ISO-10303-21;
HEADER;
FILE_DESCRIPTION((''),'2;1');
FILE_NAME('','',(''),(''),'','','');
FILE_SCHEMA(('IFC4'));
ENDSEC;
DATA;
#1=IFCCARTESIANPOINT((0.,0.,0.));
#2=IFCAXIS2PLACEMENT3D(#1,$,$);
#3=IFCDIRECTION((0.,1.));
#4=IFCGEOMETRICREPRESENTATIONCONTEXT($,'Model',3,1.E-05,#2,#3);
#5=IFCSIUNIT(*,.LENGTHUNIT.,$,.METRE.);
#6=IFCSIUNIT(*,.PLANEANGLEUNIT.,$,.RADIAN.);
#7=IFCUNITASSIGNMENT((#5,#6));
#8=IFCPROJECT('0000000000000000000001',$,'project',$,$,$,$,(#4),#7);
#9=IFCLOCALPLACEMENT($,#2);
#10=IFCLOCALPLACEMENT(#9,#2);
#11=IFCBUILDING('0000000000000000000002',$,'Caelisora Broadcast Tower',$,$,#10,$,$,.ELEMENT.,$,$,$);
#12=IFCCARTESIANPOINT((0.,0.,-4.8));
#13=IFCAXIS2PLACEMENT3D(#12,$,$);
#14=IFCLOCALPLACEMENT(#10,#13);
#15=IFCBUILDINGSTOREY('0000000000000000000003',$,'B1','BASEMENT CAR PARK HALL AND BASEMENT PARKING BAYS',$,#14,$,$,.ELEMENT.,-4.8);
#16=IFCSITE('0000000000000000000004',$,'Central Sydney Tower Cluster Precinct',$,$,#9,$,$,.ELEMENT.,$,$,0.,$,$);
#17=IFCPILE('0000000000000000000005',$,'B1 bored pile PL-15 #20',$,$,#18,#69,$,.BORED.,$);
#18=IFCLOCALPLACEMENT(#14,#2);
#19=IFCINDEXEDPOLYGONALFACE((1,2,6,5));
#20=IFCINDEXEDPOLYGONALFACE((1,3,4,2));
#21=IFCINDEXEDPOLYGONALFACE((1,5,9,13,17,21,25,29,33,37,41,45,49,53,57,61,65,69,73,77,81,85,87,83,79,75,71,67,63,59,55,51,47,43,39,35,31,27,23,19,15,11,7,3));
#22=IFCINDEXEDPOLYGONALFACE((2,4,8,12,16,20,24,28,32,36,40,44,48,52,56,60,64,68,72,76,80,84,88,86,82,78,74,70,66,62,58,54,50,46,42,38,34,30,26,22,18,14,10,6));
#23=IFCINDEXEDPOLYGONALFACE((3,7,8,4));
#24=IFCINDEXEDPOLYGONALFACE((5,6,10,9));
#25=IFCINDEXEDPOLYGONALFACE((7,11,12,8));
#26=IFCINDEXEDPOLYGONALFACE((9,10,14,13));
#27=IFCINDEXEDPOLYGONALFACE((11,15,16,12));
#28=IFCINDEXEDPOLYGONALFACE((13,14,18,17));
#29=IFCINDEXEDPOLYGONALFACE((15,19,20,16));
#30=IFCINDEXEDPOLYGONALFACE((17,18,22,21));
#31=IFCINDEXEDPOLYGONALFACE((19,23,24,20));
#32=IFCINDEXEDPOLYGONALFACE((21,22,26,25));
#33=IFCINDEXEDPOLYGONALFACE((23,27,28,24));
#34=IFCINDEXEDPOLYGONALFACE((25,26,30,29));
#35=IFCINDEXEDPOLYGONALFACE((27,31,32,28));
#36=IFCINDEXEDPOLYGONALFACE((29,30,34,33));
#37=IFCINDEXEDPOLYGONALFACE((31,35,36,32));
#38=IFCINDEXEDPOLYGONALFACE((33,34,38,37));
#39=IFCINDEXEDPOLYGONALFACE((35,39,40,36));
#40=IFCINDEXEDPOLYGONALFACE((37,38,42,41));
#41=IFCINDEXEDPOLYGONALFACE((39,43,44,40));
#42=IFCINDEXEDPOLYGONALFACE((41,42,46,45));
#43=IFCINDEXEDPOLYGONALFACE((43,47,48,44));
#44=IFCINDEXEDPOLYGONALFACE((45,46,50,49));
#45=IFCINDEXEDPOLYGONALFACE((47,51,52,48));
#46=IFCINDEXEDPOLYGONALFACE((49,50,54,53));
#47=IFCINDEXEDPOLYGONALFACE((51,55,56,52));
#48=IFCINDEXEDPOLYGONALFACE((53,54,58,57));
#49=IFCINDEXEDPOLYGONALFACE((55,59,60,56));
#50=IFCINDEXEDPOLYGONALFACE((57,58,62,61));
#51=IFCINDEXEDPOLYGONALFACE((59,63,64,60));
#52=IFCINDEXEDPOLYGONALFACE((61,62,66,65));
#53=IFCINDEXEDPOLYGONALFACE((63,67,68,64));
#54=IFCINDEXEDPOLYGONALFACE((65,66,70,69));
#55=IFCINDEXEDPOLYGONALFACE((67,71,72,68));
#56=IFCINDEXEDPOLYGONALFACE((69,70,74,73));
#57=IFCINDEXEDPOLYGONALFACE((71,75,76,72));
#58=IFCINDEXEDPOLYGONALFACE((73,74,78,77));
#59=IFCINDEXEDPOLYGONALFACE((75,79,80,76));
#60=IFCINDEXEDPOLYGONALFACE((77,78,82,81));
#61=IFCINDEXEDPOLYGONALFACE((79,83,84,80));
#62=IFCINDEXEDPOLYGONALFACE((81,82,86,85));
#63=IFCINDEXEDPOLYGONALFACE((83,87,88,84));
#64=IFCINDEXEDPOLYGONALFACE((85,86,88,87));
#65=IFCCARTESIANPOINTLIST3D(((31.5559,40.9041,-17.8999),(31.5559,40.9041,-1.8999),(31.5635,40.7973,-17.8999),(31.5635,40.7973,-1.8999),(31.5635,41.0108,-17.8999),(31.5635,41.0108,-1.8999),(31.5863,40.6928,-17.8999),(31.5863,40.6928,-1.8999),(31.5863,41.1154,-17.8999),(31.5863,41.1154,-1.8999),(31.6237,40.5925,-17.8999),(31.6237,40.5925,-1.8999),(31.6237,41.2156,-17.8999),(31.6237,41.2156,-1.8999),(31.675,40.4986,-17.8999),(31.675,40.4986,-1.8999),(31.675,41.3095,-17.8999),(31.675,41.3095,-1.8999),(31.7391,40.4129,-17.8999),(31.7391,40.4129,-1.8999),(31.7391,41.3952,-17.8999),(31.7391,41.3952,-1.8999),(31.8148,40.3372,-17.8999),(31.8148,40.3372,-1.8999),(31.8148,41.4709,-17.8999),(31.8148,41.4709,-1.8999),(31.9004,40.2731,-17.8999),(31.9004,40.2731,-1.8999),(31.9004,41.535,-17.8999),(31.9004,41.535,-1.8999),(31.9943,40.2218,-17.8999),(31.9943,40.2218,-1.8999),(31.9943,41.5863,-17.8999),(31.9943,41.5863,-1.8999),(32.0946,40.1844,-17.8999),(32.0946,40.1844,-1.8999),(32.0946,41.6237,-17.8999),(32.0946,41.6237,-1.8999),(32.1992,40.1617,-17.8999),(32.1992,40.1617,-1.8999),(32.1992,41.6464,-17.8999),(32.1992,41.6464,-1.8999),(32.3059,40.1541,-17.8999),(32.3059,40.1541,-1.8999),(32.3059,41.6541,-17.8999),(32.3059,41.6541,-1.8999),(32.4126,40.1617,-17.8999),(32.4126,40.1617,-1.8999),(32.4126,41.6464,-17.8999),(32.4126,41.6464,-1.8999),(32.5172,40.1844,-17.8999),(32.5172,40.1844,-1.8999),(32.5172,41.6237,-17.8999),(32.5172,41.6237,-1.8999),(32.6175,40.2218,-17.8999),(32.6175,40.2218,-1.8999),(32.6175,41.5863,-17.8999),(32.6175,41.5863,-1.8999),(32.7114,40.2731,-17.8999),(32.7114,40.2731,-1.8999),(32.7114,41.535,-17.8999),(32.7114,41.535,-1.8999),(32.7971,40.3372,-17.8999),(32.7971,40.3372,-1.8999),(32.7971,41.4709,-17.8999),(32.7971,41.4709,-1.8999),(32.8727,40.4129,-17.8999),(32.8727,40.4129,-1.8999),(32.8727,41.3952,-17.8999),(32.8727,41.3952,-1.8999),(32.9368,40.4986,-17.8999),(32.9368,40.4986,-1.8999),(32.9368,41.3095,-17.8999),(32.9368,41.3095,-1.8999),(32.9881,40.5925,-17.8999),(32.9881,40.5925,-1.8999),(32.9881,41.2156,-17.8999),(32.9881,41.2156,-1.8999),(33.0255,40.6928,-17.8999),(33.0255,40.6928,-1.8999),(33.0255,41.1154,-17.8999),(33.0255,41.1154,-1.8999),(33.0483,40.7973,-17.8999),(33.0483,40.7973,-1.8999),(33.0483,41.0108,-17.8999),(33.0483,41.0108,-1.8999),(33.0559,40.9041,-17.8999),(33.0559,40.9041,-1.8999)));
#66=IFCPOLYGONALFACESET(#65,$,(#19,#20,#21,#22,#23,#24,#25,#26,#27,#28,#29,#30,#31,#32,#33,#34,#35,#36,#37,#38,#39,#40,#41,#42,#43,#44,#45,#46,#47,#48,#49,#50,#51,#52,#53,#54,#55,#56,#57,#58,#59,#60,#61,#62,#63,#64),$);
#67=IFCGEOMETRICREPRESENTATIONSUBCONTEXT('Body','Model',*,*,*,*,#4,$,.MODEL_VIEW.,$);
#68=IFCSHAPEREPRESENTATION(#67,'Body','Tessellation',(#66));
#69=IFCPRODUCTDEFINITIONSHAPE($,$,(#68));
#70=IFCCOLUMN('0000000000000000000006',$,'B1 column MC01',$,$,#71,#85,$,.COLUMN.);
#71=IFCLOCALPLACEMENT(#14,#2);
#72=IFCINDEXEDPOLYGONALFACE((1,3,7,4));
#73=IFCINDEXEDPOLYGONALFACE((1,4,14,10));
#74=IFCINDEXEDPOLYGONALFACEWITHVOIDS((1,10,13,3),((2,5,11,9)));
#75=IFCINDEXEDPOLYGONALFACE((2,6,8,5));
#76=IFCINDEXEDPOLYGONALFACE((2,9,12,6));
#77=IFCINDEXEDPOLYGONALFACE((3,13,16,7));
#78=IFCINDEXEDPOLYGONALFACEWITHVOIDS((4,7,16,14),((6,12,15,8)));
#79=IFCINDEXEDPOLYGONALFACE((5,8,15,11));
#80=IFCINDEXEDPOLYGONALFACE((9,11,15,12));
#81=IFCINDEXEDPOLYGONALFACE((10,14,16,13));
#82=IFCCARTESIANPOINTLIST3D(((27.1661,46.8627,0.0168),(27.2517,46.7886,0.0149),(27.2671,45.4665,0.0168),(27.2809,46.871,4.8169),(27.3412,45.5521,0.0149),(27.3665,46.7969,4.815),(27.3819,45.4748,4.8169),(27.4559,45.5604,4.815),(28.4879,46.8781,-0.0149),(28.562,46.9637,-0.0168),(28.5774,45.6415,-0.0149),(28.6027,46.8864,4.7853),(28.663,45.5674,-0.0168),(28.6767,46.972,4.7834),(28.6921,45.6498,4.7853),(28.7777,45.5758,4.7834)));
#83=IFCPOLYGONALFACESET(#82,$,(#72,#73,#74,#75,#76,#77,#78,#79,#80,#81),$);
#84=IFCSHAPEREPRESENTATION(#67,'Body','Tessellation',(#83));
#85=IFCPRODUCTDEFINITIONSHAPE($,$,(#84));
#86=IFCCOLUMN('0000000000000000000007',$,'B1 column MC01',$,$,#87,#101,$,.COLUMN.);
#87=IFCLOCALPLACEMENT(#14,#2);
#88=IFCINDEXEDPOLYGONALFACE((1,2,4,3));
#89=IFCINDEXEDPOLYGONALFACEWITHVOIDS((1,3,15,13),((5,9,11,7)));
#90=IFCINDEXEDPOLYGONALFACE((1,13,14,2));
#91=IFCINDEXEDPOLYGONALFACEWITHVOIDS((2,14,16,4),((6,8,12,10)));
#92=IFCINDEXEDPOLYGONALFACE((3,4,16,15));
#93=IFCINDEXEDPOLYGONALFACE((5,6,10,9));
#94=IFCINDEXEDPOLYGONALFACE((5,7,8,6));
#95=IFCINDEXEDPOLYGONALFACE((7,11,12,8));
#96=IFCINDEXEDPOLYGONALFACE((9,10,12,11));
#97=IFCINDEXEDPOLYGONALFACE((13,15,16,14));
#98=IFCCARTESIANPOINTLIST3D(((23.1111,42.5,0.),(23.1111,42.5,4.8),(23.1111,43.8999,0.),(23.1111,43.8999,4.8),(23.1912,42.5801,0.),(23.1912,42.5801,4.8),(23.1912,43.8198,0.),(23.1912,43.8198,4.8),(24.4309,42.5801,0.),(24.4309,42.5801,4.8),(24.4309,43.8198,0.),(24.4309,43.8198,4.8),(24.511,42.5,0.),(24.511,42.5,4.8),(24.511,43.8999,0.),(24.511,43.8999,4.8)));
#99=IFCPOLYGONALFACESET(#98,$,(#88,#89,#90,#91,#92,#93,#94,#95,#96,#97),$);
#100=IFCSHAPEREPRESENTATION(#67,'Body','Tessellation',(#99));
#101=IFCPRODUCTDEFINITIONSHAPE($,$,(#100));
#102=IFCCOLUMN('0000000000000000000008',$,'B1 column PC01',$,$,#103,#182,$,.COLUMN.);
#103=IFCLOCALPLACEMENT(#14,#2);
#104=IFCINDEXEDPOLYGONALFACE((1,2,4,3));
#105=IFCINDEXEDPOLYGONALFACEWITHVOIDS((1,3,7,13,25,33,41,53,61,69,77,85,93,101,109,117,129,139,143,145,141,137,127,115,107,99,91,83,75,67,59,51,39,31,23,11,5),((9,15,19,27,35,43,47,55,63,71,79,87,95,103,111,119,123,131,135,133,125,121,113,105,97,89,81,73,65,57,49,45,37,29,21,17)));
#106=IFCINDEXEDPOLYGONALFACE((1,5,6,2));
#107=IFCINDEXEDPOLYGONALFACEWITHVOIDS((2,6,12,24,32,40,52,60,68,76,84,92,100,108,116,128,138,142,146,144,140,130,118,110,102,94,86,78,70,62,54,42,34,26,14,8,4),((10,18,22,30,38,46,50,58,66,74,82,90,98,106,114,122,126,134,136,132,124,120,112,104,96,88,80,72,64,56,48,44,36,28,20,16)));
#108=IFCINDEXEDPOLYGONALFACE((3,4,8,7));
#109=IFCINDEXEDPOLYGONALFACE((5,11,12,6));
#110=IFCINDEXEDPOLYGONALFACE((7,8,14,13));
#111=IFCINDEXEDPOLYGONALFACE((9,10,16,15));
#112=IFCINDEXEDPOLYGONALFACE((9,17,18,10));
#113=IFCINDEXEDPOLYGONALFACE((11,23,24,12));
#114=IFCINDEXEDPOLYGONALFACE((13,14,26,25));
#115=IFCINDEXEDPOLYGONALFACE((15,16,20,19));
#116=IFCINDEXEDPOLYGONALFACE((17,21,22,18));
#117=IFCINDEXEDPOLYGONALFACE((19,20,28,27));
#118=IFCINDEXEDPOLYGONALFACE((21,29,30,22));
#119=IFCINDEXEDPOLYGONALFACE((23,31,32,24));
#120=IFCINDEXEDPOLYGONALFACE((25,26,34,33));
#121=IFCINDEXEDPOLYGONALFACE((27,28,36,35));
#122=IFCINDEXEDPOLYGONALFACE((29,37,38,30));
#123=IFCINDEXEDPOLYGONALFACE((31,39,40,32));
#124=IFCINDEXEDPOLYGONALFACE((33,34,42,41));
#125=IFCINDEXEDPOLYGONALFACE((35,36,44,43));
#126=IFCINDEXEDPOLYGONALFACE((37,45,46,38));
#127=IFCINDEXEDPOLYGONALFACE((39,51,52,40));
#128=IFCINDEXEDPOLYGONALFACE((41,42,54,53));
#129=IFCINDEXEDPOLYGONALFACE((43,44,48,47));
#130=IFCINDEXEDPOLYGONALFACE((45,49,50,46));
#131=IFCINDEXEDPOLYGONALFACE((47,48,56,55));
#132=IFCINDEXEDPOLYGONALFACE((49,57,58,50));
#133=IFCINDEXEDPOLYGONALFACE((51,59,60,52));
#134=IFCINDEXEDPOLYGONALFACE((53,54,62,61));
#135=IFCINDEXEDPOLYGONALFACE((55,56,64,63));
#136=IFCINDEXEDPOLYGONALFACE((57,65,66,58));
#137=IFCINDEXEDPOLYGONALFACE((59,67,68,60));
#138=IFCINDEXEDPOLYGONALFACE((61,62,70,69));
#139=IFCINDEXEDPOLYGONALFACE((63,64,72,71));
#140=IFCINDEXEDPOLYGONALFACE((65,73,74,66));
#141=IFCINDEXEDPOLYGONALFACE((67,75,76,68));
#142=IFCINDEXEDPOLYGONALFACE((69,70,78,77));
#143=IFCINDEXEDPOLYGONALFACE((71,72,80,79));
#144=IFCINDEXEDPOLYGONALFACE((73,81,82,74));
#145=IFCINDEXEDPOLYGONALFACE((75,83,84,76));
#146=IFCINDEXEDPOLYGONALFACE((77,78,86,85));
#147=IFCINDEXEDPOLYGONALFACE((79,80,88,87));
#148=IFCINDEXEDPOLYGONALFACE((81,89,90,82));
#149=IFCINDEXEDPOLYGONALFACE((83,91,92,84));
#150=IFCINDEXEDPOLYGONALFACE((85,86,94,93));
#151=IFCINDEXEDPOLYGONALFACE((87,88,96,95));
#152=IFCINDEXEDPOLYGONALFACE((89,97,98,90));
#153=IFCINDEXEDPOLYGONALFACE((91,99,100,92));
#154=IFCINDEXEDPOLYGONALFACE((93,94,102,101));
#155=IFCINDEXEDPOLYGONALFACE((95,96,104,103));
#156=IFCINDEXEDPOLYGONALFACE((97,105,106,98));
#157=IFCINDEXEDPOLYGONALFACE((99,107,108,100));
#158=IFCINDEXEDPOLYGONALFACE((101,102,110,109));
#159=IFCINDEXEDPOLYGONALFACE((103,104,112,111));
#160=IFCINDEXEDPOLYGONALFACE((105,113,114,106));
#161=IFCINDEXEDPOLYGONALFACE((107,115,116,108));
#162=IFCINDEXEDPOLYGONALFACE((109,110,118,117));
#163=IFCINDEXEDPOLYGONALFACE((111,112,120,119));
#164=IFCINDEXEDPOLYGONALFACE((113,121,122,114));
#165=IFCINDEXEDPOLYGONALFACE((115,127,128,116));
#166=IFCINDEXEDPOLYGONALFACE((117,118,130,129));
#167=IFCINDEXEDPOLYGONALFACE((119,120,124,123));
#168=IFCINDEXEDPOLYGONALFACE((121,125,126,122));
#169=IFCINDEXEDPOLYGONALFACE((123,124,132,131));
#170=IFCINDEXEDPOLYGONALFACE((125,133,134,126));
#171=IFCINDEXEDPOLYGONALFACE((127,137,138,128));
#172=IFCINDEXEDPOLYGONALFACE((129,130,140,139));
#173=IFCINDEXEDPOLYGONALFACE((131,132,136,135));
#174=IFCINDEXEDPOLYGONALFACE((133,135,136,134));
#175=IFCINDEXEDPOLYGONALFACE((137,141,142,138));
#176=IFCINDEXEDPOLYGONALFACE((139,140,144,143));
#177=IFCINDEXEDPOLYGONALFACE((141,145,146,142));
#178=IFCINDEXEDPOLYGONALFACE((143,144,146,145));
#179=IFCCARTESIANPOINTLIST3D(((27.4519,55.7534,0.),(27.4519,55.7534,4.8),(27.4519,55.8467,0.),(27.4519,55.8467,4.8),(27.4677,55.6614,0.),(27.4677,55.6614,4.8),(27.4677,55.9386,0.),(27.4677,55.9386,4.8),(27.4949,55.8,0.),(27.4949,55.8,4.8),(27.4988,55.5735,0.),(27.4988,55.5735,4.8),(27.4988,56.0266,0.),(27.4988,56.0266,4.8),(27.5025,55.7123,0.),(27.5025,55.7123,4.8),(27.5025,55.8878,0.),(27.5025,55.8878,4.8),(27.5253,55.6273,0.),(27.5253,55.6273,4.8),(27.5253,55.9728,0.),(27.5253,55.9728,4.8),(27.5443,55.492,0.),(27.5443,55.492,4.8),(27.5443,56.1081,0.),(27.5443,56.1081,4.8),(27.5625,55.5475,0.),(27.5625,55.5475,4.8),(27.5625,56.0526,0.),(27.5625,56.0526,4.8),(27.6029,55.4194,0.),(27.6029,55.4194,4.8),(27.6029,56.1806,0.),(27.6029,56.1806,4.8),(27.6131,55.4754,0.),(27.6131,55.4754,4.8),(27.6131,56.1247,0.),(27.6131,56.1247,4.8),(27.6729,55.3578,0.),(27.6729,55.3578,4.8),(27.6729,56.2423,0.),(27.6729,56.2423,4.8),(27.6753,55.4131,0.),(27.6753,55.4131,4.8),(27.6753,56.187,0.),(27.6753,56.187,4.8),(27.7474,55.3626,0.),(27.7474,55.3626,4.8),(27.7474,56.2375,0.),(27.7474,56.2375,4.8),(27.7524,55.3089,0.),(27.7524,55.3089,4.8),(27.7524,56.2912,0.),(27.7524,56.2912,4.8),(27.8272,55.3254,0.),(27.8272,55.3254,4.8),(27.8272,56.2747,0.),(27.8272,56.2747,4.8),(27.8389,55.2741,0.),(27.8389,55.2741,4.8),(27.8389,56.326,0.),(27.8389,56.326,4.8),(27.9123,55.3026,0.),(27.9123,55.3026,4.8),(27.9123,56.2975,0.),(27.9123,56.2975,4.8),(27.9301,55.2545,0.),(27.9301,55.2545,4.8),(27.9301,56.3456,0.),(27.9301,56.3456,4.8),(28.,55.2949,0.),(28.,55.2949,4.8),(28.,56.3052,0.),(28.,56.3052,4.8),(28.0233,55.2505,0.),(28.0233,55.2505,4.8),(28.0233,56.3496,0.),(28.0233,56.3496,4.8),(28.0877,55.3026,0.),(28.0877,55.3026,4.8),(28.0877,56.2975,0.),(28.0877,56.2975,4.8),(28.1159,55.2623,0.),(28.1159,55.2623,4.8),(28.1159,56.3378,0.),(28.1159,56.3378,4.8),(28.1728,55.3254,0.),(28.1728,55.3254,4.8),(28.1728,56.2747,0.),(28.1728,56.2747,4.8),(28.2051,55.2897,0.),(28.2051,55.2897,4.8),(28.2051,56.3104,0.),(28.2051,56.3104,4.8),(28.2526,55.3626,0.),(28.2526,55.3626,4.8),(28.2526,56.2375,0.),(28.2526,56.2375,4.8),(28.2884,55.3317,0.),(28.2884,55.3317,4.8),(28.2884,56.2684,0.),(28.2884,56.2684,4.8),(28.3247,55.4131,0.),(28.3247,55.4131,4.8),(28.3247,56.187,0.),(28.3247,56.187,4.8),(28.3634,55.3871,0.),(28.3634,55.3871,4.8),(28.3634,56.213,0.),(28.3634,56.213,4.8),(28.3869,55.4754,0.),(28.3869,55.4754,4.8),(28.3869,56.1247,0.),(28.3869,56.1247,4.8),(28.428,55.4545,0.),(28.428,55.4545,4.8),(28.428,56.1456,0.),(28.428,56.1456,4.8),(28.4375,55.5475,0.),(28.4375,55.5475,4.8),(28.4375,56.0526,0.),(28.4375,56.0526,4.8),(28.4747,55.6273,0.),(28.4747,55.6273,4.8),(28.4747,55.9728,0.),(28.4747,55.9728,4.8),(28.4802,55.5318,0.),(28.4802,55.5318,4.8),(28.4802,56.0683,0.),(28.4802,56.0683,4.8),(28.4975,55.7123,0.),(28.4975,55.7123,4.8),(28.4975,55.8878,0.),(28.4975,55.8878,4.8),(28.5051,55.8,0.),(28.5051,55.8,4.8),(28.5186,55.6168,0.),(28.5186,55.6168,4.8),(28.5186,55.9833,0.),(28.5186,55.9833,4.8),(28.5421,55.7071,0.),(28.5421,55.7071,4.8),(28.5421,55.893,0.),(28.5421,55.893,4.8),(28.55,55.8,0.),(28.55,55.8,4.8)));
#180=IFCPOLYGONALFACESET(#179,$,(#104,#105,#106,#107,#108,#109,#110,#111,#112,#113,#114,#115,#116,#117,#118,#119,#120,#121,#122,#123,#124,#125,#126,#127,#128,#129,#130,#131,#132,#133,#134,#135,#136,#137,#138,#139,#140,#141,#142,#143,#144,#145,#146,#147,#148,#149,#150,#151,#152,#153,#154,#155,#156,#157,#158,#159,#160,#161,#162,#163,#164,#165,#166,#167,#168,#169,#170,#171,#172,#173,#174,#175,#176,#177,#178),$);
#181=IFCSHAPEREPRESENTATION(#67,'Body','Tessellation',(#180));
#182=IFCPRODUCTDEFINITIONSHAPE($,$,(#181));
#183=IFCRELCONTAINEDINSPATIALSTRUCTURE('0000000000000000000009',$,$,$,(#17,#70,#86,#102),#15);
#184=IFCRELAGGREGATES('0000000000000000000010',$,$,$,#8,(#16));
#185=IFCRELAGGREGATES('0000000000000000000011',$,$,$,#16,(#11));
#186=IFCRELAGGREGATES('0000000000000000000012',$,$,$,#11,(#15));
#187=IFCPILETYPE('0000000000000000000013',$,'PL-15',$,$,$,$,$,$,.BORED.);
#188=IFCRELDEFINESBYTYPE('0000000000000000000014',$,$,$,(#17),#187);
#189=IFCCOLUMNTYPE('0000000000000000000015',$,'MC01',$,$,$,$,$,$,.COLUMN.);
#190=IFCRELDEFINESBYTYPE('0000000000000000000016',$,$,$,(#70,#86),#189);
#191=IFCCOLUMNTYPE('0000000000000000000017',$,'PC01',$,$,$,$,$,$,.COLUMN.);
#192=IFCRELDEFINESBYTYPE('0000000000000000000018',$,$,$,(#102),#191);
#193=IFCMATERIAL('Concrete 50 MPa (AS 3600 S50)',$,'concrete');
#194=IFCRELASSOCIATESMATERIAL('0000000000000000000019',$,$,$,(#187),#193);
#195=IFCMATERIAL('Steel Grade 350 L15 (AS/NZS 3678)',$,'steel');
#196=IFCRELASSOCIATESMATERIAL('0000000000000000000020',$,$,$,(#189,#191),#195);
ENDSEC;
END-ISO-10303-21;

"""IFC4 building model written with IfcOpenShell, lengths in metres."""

from ifc_helpers import new_model, si_unit, direction, frame, origin, origin_2d, place, context, subcontext, project, spatial, hollow_rectangle, circle, hollow_circle, extrude, source, transform, mapped, material, material_profile, profile_set, type_object, type_shapes, element, save


model = new_model("IFC4")

# Units and contexts
model_context = context("Model", 3, precision=1e-05, world=origin(), true_north=direction((0.0, 1.0)))
body_context = subcontext(model_context, "Body", "Model", "MODEL_VIEW")
ifc_project = project(units=[si_unit("LENGTHUNIT", "METRE"), si_unit("PLANEANGLEUNIT", "RADIAN")], contexts=[model_context])

# Site, building, storey
site_placement = place(None, origin())
site = spatial("IfcSite", under=ifc_project, at=site_placement, Name="Central Sydney Tower Cluster Precinct", CompositionType="ELEMENT", RefElevation=0.0)
building_placement = place(site_placement, origin())
building = spatial("IfcBuilding", under=site, at=building_placement, Name="Caelisora Broadcast Tower", CompositionType="ELEMENT")
storey_placement = place(building_placement, frame((0.0, 0.0, -4.8)))
storey = spatial("IfcBuildingStorey", under=building, at=storey_placement, Name="B1", Description="BASEMENT CAR PARK HALL AND BASEMENT PARKING BAYS", CompositionType="ELEMENT", Elevation=-4.8)

# Pile
ifc_material_1 = material(Name="Concrete 50 MPa (AS 3600 S50)", Category="concrete")
ifc_material_profile_1 = material_profile(ifc_material_1, circle(Radius=0.75, at=origin_2d()), Name="Concrete 50 MPa (AS 3600 S50)")
ifc_profile_set_1 = profile_set([ifc_material_profile_1], Name="Concrete 50 MPa (AS 3600 S50)")
pile_type = type_object("IfcPileType", Name="PL-15", PredefinedType="BORED", material=ifc_profile_set_1)
pile_placement = place(storey_placement, frame((32.3059, 40.9041, -1.8999), z_axis=(0.0, 0.0, -1.0), x_axis=(1.0, 0.0, 0.0)))
element("IfcPile", 1, at=pile_placement, inside=storey, type_object=pile_type, Name="B1 bored pile PL-15 #20", PredefinedType="BORED", context=body_context, shape_type="SweptSolid", body=[
    extrude(circle(Radius=0.75, at=origin_2d()), origin(), (0.0, 0.0, 1.0), 16.0),
])

# Columns
ifc_material_2 = material(Name="Steel Grade 350 L15 (AS/NZS 3678)", Category="steel")
ifc_material_profile_2 = material_profile(ifc_material_2, hollow_rectangle(XDim=1.3999, YDim=1.3999, WallThickness=0.0801, at=origin_2d()), Name="Steel Grade 350 L15 (AS/NZS 3678)")
ifc_profile_set_2 = profile_set([ifc_material_profile_2], Name="Steel Grade 350 L15 (AS/NZS 3678)")
column_type_1 = type_object("IfcColumnType", Name="MC01", PredefinedType="COLUMN", material=ifc_profile_set_2)
shared_shape_1 = source(origin(), body_context, "Body", "SweptSolid", [
    extrude(hollow_rectangle(XDim=1.3999, YDim=1.3999, WallThickness=0.0801, at=origin_2d()), origin(), (0.0, 0.0, 1.0), 4.8015),
])
column_1_placement = place(storey_placement, frame((27.9146, 46.2151, 0.0), z_axis=(0.023898, 0.001729, 0.999713), x_axis=(-0.072152, 0.997394, 0.0)))
element("IfcColumn", 2, at=column_1_placement, inside=storey, type_object=column_type_1, Name="B1 column MC01", PredefinedType="COLUMN", context=body_context, shape_type="MappedRepresentation", body=[
    mapped(shared_shape_1, transform((0.0, 0.0, 0.0), scale=1.0)),
])
shared_shape_2 = source(origin(), body_context, "Body", "SweptSolid", [
    extrude(hollow_rectangle(XDim=1.3999, YDim=1.3999, WallThickness=0.0801, at=origin_2d()), origin(), (0.0, 0.0, 1.0), 4.8),
])
type_shapes(column_type_1, [shared_shape_1, shared_shape_2])
column_2_placement = place(storey_placement, frame((23.811, 43.2, 0.0), z_axis=(0.0, 0.0, 1.0), x_axis=(1.0, 0.0, 0.0)))
element("IfcColumn", 3, at=column_2_placement, inside=storey, type_object=column_type_1, Name="B1 column MC01", PredefinedType="COLUMN", context=body_context, shape_type="MappedRepresentation", body=[
    mapped(shared_shape_2, transform((0.0, 0.0, 0.0), scale=1.0)),
])
ifc_material_profile_3 = material_profile(ifc_material_2, hollow_circle(Radius=0.55, WallThickness=0.0449, at=origin_2d()), Name="Steel Grade 350 L15 (AS/NZS 3678)")
ifc_profile_set_3 = profile_set([ifc_material_profile_3], Name="Steel Grade 350 L15 (AS/NZS 3678)")
column_type_2 = type_object("IfcColumnType", Name="PC01", PredefinedType="COLUMN", material=ifc_profile_set_3)
shared_shape_3 = source(origin(), body_context, "Body", "SweptSolid", [
    extrude(hollow_circle(Radius=0.55, WallThickness=0.0449, at=origin_2d()), origin(), (0.0, 0.0, 1.0), 4.8),
])
type_shapes(column_type_2, [shared_shape_3])
column_3_placement = place(storey_placement, frame((28.0, 55.8, 0.0), z_axis=(0.0, 0.0, 1.0), x_axis=(1.0, 0.0, 0.0)))
element("IfcColumn", 4, at=column_3_placement, inside=storey, type_object=column_type_2, Name="B1 column PC01", PredefinedType="COLUMN", context=body_context, shape_type="MappedRepresentation", body=[
    mapped(shared_shape_3, transform((0.0, 0.0, 0.0), scale=1.0)),
])

save(model, "model.ifc")
